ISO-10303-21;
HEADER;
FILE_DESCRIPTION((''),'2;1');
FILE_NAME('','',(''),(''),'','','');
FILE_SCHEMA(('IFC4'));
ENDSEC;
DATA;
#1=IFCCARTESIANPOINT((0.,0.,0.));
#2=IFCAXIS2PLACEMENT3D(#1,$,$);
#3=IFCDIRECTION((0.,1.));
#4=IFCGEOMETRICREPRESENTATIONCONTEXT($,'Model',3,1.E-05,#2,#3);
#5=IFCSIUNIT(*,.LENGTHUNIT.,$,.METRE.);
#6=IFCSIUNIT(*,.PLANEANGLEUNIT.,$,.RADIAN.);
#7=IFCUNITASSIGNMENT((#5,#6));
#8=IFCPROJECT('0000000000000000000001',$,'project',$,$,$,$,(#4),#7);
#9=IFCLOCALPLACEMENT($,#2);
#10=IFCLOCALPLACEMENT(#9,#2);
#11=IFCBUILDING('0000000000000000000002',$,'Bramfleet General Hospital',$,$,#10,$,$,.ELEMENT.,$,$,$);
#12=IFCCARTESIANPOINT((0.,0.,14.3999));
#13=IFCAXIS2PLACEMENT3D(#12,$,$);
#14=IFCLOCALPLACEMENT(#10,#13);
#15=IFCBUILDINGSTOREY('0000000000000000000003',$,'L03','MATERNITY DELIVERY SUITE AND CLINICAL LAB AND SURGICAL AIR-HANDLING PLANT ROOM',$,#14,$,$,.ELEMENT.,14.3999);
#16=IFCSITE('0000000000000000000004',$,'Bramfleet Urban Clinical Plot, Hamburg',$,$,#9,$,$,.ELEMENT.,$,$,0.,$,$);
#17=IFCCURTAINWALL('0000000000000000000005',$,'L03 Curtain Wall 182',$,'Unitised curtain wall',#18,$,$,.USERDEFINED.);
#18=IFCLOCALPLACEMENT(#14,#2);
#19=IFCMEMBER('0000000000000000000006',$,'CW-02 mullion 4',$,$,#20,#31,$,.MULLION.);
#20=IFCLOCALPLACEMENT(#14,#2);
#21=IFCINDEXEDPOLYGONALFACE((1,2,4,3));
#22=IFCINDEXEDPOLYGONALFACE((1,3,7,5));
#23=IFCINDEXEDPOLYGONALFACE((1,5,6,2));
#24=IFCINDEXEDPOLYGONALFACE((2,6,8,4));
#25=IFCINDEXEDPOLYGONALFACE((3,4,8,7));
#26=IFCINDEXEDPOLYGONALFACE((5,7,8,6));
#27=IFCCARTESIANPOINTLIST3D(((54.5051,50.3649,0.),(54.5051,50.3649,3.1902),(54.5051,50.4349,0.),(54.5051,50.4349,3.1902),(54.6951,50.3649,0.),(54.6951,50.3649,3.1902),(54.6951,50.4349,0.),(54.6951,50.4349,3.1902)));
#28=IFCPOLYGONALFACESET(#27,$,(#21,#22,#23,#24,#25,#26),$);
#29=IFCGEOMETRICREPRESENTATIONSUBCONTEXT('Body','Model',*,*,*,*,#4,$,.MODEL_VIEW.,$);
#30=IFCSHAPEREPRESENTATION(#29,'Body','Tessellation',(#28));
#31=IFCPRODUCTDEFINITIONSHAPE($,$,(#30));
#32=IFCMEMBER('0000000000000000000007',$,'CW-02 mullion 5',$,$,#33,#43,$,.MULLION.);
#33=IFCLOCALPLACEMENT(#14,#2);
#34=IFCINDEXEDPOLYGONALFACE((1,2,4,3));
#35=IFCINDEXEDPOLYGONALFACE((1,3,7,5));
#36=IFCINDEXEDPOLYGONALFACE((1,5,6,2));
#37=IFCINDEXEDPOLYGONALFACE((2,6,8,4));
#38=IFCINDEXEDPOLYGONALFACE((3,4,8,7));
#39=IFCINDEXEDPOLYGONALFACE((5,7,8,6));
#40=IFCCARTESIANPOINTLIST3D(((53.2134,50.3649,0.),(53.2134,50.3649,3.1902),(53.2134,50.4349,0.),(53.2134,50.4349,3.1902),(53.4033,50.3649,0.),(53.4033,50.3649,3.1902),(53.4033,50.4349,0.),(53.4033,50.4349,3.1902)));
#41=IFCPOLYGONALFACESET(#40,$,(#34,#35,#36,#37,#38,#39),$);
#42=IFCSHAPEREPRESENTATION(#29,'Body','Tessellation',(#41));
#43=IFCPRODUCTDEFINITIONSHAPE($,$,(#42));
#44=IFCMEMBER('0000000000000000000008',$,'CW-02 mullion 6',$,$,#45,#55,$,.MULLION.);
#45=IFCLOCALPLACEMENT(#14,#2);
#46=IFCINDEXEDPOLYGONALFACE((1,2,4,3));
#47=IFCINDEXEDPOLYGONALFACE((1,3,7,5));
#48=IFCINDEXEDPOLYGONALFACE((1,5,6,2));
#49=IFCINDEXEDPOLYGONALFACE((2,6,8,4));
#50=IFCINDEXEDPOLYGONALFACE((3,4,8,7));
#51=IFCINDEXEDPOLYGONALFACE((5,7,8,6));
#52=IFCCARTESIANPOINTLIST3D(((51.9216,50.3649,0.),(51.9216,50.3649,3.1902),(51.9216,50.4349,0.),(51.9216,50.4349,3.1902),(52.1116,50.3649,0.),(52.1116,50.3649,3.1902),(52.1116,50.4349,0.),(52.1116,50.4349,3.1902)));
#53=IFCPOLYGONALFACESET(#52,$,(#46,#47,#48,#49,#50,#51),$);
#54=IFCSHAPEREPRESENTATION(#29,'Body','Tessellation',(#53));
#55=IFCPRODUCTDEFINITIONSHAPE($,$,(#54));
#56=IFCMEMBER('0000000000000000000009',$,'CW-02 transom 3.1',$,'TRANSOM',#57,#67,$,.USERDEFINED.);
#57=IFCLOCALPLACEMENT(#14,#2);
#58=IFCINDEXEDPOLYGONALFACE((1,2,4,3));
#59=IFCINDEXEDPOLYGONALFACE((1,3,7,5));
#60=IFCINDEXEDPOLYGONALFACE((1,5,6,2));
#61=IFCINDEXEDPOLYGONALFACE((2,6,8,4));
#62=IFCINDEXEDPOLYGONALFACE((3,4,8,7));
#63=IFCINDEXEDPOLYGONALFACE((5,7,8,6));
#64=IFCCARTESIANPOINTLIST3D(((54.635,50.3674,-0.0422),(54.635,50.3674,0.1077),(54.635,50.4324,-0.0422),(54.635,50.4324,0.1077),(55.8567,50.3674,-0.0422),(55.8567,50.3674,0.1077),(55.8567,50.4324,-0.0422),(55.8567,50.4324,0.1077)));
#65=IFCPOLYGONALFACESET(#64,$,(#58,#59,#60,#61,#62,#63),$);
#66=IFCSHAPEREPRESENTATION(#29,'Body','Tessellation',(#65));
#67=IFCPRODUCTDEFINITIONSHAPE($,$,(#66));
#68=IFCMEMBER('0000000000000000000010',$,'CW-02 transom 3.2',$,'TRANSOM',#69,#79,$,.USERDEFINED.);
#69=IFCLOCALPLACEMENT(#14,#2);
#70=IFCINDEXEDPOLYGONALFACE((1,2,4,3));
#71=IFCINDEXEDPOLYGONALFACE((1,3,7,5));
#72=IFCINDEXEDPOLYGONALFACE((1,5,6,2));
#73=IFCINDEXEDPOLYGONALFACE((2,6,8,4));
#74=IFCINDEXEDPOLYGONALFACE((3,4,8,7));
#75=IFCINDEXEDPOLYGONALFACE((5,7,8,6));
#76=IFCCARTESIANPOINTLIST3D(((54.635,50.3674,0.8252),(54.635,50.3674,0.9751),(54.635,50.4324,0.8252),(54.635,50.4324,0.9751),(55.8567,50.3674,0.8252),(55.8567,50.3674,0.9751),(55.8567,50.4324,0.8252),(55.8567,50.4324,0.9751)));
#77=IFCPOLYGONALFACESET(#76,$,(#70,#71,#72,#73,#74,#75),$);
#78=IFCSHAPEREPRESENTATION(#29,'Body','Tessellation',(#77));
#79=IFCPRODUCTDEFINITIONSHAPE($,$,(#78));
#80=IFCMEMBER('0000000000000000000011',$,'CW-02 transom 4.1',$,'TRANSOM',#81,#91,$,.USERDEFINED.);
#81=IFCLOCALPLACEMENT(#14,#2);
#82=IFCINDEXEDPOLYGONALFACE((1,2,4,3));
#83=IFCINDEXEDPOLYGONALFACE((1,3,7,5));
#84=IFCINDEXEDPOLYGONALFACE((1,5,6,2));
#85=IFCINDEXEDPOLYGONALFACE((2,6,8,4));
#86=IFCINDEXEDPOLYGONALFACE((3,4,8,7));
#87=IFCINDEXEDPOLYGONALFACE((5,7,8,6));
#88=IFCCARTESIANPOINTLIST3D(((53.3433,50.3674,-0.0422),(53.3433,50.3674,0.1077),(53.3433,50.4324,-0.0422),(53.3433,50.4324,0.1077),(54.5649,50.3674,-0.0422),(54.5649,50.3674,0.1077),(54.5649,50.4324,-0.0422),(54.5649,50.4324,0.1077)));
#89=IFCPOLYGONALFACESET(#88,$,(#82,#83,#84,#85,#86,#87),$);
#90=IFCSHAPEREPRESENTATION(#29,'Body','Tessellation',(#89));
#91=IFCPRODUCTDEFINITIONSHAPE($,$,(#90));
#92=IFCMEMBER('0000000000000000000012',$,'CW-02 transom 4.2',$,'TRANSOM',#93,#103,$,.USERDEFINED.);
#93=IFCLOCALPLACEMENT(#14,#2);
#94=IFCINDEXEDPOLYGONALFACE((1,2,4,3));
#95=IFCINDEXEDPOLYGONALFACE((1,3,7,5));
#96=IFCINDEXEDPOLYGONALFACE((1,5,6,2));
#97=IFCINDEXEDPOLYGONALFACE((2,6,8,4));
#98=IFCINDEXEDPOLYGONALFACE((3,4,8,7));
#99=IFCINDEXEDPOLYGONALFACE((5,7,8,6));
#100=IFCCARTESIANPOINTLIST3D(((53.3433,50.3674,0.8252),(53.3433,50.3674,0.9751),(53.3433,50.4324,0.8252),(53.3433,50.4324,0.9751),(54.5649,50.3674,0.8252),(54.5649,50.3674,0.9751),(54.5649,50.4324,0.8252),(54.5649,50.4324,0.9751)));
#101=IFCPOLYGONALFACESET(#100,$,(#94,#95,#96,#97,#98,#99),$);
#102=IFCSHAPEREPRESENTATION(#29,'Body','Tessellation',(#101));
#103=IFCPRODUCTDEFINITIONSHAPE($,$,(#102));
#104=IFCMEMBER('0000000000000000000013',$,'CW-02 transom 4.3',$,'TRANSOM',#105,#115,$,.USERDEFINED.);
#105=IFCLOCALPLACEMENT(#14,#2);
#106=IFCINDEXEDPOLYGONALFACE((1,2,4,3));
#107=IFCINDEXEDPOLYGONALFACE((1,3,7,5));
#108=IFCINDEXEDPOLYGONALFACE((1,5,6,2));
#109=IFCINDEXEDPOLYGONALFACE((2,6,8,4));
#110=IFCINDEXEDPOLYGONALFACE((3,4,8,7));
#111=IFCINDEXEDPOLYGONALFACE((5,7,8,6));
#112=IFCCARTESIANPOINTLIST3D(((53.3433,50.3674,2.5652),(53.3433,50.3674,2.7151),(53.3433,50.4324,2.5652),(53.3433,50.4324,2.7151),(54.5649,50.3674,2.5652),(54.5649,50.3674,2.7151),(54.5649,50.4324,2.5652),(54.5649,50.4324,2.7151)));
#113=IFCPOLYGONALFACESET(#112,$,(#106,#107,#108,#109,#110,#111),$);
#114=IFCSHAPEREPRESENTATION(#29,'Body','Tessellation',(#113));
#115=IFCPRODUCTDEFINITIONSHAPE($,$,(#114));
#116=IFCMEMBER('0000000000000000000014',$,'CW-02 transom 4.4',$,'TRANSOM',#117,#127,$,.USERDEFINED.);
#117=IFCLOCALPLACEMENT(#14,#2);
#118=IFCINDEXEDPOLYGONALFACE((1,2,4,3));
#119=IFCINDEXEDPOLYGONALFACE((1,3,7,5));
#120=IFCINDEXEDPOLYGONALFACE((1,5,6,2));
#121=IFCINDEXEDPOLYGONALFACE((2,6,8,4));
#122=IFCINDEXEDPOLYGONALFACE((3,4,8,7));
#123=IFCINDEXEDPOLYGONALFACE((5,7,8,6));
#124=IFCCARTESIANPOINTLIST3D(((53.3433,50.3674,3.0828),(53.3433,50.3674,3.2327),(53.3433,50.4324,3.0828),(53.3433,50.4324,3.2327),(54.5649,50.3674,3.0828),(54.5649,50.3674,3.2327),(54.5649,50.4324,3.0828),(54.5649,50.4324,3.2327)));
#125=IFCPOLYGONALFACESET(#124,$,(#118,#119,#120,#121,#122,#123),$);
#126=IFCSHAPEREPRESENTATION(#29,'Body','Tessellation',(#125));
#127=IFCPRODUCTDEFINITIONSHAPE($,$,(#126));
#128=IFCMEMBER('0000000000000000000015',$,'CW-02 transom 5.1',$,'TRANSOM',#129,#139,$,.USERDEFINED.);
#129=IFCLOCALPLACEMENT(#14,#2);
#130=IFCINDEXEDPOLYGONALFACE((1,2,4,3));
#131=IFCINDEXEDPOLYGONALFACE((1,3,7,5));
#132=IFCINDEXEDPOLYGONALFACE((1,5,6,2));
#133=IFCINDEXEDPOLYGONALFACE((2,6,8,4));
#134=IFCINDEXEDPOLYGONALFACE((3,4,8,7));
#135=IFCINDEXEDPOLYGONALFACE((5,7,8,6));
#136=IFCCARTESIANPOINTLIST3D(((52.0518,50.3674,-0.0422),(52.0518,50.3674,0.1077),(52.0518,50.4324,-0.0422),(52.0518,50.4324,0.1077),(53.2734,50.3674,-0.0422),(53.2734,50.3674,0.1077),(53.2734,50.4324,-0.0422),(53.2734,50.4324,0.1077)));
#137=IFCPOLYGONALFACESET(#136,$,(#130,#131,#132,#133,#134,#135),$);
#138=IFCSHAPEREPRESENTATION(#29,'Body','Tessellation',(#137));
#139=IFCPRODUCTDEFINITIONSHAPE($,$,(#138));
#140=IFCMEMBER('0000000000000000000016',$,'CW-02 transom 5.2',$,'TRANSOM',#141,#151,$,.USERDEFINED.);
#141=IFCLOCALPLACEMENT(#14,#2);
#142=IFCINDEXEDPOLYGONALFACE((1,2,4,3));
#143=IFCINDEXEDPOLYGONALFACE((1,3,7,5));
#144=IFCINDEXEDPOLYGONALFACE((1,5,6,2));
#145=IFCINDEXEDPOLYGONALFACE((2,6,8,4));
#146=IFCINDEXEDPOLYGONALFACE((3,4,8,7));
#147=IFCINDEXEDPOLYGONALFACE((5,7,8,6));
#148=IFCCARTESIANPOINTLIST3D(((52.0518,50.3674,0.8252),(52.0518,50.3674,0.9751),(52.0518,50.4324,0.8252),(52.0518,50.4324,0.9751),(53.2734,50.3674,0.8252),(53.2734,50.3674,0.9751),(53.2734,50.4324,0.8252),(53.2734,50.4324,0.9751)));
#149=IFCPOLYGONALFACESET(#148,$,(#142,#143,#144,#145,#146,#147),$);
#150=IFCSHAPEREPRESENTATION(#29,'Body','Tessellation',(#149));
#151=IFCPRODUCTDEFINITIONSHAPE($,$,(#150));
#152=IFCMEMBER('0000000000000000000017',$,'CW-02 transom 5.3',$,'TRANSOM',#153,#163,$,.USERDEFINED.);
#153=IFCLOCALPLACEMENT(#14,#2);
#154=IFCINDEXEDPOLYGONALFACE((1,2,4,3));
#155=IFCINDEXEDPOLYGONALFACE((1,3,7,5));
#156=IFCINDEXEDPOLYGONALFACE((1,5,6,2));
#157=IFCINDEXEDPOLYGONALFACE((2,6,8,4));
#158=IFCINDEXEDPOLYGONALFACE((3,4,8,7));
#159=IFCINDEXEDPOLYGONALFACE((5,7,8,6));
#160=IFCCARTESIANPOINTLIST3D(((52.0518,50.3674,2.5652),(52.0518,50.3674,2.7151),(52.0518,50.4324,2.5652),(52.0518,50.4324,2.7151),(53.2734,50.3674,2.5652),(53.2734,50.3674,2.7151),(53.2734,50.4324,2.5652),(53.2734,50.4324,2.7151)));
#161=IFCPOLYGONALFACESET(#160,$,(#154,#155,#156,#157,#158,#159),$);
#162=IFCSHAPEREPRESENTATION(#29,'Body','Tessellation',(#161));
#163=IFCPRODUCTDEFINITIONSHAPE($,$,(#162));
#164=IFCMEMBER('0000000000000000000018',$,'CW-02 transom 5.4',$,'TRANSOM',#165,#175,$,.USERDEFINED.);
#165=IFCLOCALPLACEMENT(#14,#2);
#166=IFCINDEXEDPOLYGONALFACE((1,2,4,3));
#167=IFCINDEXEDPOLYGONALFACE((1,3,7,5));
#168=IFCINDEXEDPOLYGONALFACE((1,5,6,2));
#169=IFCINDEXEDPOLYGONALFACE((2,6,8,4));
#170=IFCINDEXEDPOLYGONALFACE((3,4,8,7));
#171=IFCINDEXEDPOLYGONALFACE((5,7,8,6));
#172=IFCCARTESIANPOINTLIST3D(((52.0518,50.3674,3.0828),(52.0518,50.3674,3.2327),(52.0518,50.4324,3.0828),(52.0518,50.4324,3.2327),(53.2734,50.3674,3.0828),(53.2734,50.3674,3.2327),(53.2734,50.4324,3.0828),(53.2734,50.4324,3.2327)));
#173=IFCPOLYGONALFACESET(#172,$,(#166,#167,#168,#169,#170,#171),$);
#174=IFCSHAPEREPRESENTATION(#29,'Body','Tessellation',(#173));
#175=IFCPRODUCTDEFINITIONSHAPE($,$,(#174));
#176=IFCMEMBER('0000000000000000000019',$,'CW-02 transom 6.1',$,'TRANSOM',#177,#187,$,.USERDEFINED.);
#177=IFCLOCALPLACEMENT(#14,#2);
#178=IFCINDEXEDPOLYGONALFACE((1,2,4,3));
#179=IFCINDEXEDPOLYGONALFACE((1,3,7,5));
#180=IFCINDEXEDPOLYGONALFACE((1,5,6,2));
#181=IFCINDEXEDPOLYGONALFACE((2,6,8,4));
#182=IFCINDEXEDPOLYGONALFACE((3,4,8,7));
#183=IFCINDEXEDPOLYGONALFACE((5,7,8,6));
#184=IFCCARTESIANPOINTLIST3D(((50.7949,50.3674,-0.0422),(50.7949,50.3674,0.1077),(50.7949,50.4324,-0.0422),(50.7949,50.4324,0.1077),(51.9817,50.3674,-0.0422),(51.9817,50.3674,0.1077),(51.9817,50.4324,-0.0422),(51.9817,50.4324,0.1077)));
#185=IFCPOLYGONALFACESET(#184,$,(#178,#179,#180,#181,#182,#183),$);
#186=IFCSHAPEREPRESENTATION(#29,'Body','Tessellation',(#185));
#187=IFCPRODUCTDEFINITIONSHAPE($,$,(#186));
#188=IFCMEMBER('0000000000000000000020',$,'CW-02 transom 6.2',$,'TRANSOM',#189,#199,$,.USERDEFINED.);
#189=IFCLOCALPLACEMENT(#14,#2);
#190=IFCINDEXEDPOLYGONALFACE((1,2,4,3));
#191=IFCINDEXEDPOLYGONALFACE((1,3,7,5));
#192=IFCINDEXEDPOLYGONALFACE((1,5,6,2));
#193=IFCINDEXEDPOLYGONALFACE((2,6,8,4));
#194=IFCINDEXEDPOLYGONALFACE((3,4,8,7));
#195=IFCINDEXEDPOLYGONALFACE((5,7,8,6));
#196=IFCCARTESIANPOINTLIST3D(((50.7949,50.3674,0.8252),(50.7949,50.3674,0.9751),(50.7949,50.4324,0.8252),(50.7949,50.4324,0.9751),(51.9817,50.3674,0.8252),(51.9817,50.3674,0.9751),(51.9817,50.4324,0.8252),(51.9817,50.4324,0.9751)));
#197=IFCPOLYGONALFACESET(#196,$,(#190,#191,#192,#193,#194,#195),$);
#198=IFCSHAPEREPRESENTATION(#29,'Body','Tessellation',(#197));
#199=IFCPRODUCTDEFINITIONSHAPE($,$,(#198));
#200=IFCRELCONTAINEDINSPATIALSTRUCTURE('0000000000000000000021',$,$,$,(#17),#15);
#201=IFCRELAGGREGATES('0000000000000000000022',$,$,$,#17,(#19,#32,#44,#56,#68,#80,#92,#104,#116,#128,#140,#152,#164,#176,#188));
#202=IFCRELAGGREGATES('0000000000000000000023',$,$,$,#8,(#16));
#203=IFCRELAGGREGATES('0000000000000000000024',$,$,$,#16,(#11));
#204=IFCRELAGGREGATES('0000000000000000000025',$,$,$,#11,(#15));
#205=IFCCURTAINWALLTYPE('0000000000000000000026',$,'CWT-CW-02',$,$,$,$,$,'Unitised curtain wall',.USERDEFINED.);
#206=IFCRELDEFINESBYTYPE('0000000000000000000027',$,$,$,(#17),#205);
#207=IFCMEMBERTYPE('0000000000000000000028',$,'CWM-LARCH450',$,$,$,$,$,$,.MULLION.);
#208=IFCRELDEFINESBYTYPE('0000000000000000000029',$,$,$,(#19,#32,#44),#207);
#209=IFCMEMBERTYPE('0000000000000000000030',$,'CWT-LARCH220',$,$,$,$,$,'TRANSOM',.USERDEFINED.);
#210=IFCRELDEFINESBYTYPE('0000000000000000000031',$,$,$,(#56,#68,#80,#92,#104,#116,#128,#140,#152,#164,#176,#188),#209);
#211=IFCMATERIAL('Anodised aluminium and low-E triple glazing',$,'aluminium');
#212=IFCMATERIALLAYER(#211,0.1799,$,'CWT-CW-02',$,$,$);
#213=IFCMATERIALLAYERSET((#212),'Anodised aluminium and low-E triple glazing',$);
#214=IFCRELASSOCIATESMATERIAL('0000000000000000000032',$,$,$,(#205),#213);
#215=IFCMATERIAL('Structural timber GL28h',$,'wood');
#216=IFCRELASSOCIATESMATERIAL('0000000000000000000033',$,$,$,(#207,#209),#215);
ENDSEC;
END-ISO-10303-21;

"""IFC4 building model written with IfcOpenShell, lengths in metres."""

from ifc_helpers import new_model, si_unit, direction, frame, origin, origin_2d, place, context, subcontext, project, spatial, rectangle, extrude, material, layer, layer_set, material_profile, profile_set, type_object, element, aggregate, save


model = new_model("IFC4")

# Units and contexts
model_context = context("Model", 3, precision=1e-05, world=origin(), true_north=direction((0.0, 1.0)))
body_context = subcontext(model_context, "Body", "Model", "MODEL_VIEW")
ifc_project = project(units=[si_unit("LENGTHUNIT", "METRE"), si_unit("PLANEANGLEUNIT", "RADIAN")], contexts=[model_context])

# Site, building, storey
site_placement = place(None, origin())
site = spatial("IfcSite", under=ifc_project, at=site_placement, Name="Bramfleet Urban Clinical Plot, Hamburg", CompositionType="ELEMENT", RefElevation=0.0)
building_placement = place(site_placement, origin())
building = spatial("IfcBuilding", under=site, at=building_placement, Name="Bramfleet General Hospital", CompositionType="ELEMENT")
storey_placement = place(building_placement, frame((0.0, 0.0, 14.3999)))
storey = spatial("IfcBuildingStorey", under=building, at=storey_placement, Name="L03", Description="MATERNITY DELIVERY SUITE AND CLINICAL LAB AND SURGICAL AIR-HANDLING PLANT ROOM", CompositionType="ELEMENT", Elevation=14.3999)

# Curtain wall, members
ifc_material_1 = material(Name="Anodised aluminium and low-E triple glazing", Category="aluminium")
ifc_layer_1 = layer(ifc_material_1, 0.1799, Name="CWT-CW-02")
ifc_layer_set_1 = layer_set([ifc_layer_1], Name="Anodised aluminium and low-E triple glazing")
curtain_wall_type = type_object("IfcCurtainWallType", Name="CWT-CW-02", ElementType="Unitised curtain wall", PredefinedType="USERDEFINED", material=ifc_layer_set_1)
curtain_wall_placement = place(storey_placement, origin())
curtain_wall = element("IfcCurtainWall", 1, at=curtain_wall_placement, inside=storey, type_object=curtain_wall_type, Name="L03 Curtain Wall 182", ObjectType="Unitised curtain wall", PredefinedType="USERDEFINED")
ifc_material_2 = material(Name="Structural timber GL28h", Category="wood")
ifc_material_profile_1 = material_profile(ifc_material_2, rectangle(XDim=0.0701, YDim=0.1899, at=origin_2d()), Name="LARCH 190x70")
ifc_profile_set_1 = profile_set([ifc_material_profile_1], Name="Structural timber GL28h")
member_type_1 = type_object("IfcMemberType", Name="CWM-LARCH450", PredefinedType="MULLION", material=ifc_profile_set_1)
member_1_placement = place(storey_placement, frame((54.6001, 50.3999, 0.0), z_axis=(0.0, 0.0, 1.0), x_axis=(0.0, -1.0, 0.0)))
member_1 = element("IfcMember", 2, at=member_1_placement, type_object=member_type_1, Name="CW-02 mullion 4", PredefinedType="MULLION", context=body_context, shape_type="SweptSolid", body=[
    extrude(rectangle(XDim=0.0701, YDim=0.1899, at=origin_2d()), origin(), (0.0, 0.0, 1.0), 3.1902),
])
member_2_placement = place(storey_placement, frame((53.3083, 50.3999, 0.0), z_axis=(0.0, 0.0, 1.0), x_axis=(0.0, -1.0, 0.0)))
member_2 = element("IfcMember", 3, at=member_2_placement, type_object=member_type_1, Name="CW-02 mullion 5", PredefinedType="MULLION", context=body_context, shape_type="SweptSolid", body=[
    extrude(rectangle(XDim=0.0701, YDim=0.1899, at=origin_2d()), origin(), (0.0, 0.0, 1.0), 3.1902),
])
member_3_placement = place(storey_placement, frame((52.0166, 50.3999, 0.0), z_axis=(0.0, 0.0, 1.0), x_axis=(0.0, -1.0, 0.0)))
member_3 = element("IfcMember", 4, at=member_3_placement, type_object=member_type_1, Name="CW-02 mullion 6", PredefinedType="MULLION", context=body_context, shape_type="SweptSolid", body=[
    extrude(rectangle(XDim=0.0701, YDim=0.1899, at=origin_2d()), origin(), (0.0, 0.0, 1.0), 3.1902),
])
ifc_material_profile_2 = material_profile(ifc_material_2, rectangle(XDim=0.0649, YDim=0.1499, at=origin_2d()), Name="LARCH 150x65")
ifc_profile_set_2 = profile_set([ifc_material_profile_2], Name="Structural timber GL28h")
member_type_2 = type_object("IfcMemberType", Name="CWT-LARCH220", ElementType="TRANSOM", PredefinedType="USERDEFINED", material=ifc_profile_set_2)
member_4_placement = place(storey_placement, frame((55.8567, 50.3999, 0.0327), z_axis=(-1.0, 0.0, 0.0), x_axis=(0.0, -1.0, 0.0)))
member_4 = element("IfcMember", 5, at=member_4_placement, type_object=member_type_2, Name="CW-02 transom 3.1", ObjectType="TRANSOM", PredefinedType="USERDEFINED", context=body_context, shape_type="SweptSolid", body=[
    extrude(rectangle(XDim=0.0649, YDim=0.1499, at=origin_2d()), origin(), (0.0, 0.0, 1.0), 1.2217),
])
member_5_placement = place(storey_placement, frame((55.8567, 50.3999, 0.9001), z_axis=(-1.0, 0.0, 0.0), x_axis=(0.0, -1.0, 0.0)))
member_5 = element("IfcMember", 6, at=member_5_placement, type_object=member_type_2, Name="CW-02 transom 3.2", ObjectType="TRANSOM", PredefinedType="USERDEFINED", context=body_context, shape_type="SweptSolid", body=[
    extrude(rectangle(XDim=0.0649, YDim=0.1499, at=origin_2d()), origin(), (0.0, 0.0, 1.0), 1.2217),
])
member_6_placement = place(storey_placement, frame((54.5649, 50.3999, 0.0327), z_axis=(-1.0, 0.0, 0.0), x_axis=(0.0, -1.0, 0.0)))
member_6 = element("IfcMember", 7, at=member_6_placement, type_object=member_type_2, Name="CW-02 transom 4.1", ObjectType="TRANSOM", PredefinedType="USERDEFINED", context=body_context, shape_type="SweptSolid", body=[
    extrude(rectangle(XDim=0.0649, YDim=0.1499, at=origin_2d()), origin(), (0.0, 0.0, 1.0), 1.2217),
])
member_7_placement = place(storey_placement, frame((54.5649, 50.3999, 0.9001), z_axis=(-1.0, 0.0, 0.0), x_axis=(0.0, -1.0, 0.0)))
member_7 = element("IfcMember", 8, at=member_7_placement, type_object=member_type_2, Name="CW-02 transom 4.2", ObjectType="TRANSOM", PredefinedType="USERDEFINED", context=body_context, shape_type="SweptSolid", body=[
    extrude(rectangle(XDim=0.0649, YDim=0.1499, at=origin_2d()), origin(), (0.0, 0.0, 1.0), 1.2217),
])
member_8_placement = place(storey_placement, frame((54.5649, 50.3999, 2.6401), z_axis=(-1.0, 0.0, 0.0), x_axis=(0.0, -1.0, 0.0)))
member_8 = element("IfcMember", 9, at=member_8_placement, type_object=member_type_2, Name="CW-02 transom 4.3", ObjectType="TRANSOM", PredefinedType="USERDEFINED", context=body_context, shape_type="SweptSolid", body=[
    extrude(rectangle(XDim=0.0649, YDim=0.1499, at=origin_2d()), origin(), (0.0, 0.0, 1.0), 1.2217),
])
member_9_placement = place(storey_placement, frame((54.5649, 50.3999, 3.1577), z_axis=(-1.0, 0.0, 0.0), x_axis=(0.0, -1.0, 0.0)))
member_9 = element("IfcMember", 10, at=member_9_placement, type_object=member_type_2, Name="CW-02 transom 4.4", ObjectType="TRANSOM", PredefinedType="USERDEFINED", context=body_context, shape_type="SweptSolid", body=[
    extrude(rectangle(XDim=0.0649, YDim=0.1499, at=origin_2d()), origin(), (0.0, 0.0, 1.0), 1.2217),
])
member_10_placement = place(storey_placement, frame((53.2734, 50.3999, 0.0327), z_axis=(-1.0, 0.0, 0.0), x_axis=(0.0, -1.0, 0.0)))
member_10 = element("IfcMember", 11, at=member_10_placement, type_object=member_type_2, Name="CW-02 transom 5.1", ObjectType="TRANSOM", PredefinedType="USERDEFINED", context=body_context, shape_type="SweptSolid", body=[
    extrude(rectangle(XDim=0.0649, YDim=0.1499, at=origin_2d()), origin(), (0.0, 0.0, 1.0), 1.2217),
])
member_11_placement = place(storey_placement, frame((53.2734, 50.3999, 0.9001), z_axis=(-1.0, 0.0, 0.0), x_axis=(0.0, -1.0, 0.0)))
member_11 = element("IfcMember", 12, at=member_11_placement, type_object=member_type_2, Name="CW-02 transom 5.2", ObjectType="TRANSOM", PredefinedType="USERDEFINED", context=body_context, shape_type="SweptSolid", body=[
    extrude(rectangle(XDim=0.0649, YDim=0.1499, at=origin_2d()), origin(), (0.0, 0.0, 1.0), 1.2217),
])
member_12_placement = place(storey_placement, frame((53.2734, 50.3999, 2.6401), z_axis=(-1.0, 0.0, 0.0), x_axis=(0.0, -1.0, 0.0)))
member_12 = element("IfcMember", 13, at=member_12_placement, type_object=member_type_2, Name="CW-02 transom 5.3", ObjectType="TRANSOM", PredefinedType="USERDEFINED", context=body_context, shape_type="SweptSolid", body=[
    extrude(rectangle(XDim=0.0649, YDim=0.1499, at=origin_2d()), origin(), (0.0, 0.0, 1.0), 1.2217),
])
member_13_placement = place(storey_placement, frame((53.2734, 50.3999, 3.1577), z_axis=(-1.0, 0.0, 0.0), x_axis=(0.0, -1.0, 0.0)))
member_13 = element("IfcMember", 14, at=member_13_placement, type_object=member_type_2, Name="CW-02 transom 5.4", ObjectType="TRANSOM", PredefinedType="USERDEFINED", context=body_context, shape_type="SweptSolid", body=[
    extrude(rectangle(XDim=0.0649, YDim=0.1499, at=origin_2d()), origin(), (0.0, 0.0, 1.0), 1.2217),
])
member_14_placement = place(storey_placement, frame((51.9817, 50.3999, 0.0327), z_axis=(-1.0, 0.0, 0.0), x_axis=(0.0, -1.0, 0.0)))
member_14 = element("IfcMember", 15, at=member_14_placement, type_object=member_type_2, Name="CW-02 transom 6.1", ObjectType="TRANSOM", PredefinedType="USERDEFINED", context=body_context, shape_type="SweptSolid", body=[
    extrude(rectangle(XDim=0.0649, YDim=0.1499, at=origin_2d()), origin(), (0.0, 0.0, 1.0), 1.1868),
])
member_15_placement = place(storey_placement, frame((51.9817, 50.3999, 0.9001), z_axis=(-1.0, 0.0, 0.0), x_axis=(0.0, -1.0, 0.0)))
member_15 = element("IfcMember", 16, at=member_15_placement, type_object=member_type_2, Name="CW-02 transom 6.2", ObjectType="TRANSOM", PredefinedType="USERDEFINED", context=body_context, shape_type="SweptSolid", body=[
    extrude(rectangle(XDim=0.0649, YDim=0.1499, at=origin_2d()), origin(), (0.0, 0.0, 1.0), 1.1868),
])
aggregate(curtain_wall, [member_1, member_2, member_3, member_4, member_5, member_6, member_7, member_8, member_9, member_10, member_11, member_12, member_13, member_14, member_15])

save(model, "model.ifc")
